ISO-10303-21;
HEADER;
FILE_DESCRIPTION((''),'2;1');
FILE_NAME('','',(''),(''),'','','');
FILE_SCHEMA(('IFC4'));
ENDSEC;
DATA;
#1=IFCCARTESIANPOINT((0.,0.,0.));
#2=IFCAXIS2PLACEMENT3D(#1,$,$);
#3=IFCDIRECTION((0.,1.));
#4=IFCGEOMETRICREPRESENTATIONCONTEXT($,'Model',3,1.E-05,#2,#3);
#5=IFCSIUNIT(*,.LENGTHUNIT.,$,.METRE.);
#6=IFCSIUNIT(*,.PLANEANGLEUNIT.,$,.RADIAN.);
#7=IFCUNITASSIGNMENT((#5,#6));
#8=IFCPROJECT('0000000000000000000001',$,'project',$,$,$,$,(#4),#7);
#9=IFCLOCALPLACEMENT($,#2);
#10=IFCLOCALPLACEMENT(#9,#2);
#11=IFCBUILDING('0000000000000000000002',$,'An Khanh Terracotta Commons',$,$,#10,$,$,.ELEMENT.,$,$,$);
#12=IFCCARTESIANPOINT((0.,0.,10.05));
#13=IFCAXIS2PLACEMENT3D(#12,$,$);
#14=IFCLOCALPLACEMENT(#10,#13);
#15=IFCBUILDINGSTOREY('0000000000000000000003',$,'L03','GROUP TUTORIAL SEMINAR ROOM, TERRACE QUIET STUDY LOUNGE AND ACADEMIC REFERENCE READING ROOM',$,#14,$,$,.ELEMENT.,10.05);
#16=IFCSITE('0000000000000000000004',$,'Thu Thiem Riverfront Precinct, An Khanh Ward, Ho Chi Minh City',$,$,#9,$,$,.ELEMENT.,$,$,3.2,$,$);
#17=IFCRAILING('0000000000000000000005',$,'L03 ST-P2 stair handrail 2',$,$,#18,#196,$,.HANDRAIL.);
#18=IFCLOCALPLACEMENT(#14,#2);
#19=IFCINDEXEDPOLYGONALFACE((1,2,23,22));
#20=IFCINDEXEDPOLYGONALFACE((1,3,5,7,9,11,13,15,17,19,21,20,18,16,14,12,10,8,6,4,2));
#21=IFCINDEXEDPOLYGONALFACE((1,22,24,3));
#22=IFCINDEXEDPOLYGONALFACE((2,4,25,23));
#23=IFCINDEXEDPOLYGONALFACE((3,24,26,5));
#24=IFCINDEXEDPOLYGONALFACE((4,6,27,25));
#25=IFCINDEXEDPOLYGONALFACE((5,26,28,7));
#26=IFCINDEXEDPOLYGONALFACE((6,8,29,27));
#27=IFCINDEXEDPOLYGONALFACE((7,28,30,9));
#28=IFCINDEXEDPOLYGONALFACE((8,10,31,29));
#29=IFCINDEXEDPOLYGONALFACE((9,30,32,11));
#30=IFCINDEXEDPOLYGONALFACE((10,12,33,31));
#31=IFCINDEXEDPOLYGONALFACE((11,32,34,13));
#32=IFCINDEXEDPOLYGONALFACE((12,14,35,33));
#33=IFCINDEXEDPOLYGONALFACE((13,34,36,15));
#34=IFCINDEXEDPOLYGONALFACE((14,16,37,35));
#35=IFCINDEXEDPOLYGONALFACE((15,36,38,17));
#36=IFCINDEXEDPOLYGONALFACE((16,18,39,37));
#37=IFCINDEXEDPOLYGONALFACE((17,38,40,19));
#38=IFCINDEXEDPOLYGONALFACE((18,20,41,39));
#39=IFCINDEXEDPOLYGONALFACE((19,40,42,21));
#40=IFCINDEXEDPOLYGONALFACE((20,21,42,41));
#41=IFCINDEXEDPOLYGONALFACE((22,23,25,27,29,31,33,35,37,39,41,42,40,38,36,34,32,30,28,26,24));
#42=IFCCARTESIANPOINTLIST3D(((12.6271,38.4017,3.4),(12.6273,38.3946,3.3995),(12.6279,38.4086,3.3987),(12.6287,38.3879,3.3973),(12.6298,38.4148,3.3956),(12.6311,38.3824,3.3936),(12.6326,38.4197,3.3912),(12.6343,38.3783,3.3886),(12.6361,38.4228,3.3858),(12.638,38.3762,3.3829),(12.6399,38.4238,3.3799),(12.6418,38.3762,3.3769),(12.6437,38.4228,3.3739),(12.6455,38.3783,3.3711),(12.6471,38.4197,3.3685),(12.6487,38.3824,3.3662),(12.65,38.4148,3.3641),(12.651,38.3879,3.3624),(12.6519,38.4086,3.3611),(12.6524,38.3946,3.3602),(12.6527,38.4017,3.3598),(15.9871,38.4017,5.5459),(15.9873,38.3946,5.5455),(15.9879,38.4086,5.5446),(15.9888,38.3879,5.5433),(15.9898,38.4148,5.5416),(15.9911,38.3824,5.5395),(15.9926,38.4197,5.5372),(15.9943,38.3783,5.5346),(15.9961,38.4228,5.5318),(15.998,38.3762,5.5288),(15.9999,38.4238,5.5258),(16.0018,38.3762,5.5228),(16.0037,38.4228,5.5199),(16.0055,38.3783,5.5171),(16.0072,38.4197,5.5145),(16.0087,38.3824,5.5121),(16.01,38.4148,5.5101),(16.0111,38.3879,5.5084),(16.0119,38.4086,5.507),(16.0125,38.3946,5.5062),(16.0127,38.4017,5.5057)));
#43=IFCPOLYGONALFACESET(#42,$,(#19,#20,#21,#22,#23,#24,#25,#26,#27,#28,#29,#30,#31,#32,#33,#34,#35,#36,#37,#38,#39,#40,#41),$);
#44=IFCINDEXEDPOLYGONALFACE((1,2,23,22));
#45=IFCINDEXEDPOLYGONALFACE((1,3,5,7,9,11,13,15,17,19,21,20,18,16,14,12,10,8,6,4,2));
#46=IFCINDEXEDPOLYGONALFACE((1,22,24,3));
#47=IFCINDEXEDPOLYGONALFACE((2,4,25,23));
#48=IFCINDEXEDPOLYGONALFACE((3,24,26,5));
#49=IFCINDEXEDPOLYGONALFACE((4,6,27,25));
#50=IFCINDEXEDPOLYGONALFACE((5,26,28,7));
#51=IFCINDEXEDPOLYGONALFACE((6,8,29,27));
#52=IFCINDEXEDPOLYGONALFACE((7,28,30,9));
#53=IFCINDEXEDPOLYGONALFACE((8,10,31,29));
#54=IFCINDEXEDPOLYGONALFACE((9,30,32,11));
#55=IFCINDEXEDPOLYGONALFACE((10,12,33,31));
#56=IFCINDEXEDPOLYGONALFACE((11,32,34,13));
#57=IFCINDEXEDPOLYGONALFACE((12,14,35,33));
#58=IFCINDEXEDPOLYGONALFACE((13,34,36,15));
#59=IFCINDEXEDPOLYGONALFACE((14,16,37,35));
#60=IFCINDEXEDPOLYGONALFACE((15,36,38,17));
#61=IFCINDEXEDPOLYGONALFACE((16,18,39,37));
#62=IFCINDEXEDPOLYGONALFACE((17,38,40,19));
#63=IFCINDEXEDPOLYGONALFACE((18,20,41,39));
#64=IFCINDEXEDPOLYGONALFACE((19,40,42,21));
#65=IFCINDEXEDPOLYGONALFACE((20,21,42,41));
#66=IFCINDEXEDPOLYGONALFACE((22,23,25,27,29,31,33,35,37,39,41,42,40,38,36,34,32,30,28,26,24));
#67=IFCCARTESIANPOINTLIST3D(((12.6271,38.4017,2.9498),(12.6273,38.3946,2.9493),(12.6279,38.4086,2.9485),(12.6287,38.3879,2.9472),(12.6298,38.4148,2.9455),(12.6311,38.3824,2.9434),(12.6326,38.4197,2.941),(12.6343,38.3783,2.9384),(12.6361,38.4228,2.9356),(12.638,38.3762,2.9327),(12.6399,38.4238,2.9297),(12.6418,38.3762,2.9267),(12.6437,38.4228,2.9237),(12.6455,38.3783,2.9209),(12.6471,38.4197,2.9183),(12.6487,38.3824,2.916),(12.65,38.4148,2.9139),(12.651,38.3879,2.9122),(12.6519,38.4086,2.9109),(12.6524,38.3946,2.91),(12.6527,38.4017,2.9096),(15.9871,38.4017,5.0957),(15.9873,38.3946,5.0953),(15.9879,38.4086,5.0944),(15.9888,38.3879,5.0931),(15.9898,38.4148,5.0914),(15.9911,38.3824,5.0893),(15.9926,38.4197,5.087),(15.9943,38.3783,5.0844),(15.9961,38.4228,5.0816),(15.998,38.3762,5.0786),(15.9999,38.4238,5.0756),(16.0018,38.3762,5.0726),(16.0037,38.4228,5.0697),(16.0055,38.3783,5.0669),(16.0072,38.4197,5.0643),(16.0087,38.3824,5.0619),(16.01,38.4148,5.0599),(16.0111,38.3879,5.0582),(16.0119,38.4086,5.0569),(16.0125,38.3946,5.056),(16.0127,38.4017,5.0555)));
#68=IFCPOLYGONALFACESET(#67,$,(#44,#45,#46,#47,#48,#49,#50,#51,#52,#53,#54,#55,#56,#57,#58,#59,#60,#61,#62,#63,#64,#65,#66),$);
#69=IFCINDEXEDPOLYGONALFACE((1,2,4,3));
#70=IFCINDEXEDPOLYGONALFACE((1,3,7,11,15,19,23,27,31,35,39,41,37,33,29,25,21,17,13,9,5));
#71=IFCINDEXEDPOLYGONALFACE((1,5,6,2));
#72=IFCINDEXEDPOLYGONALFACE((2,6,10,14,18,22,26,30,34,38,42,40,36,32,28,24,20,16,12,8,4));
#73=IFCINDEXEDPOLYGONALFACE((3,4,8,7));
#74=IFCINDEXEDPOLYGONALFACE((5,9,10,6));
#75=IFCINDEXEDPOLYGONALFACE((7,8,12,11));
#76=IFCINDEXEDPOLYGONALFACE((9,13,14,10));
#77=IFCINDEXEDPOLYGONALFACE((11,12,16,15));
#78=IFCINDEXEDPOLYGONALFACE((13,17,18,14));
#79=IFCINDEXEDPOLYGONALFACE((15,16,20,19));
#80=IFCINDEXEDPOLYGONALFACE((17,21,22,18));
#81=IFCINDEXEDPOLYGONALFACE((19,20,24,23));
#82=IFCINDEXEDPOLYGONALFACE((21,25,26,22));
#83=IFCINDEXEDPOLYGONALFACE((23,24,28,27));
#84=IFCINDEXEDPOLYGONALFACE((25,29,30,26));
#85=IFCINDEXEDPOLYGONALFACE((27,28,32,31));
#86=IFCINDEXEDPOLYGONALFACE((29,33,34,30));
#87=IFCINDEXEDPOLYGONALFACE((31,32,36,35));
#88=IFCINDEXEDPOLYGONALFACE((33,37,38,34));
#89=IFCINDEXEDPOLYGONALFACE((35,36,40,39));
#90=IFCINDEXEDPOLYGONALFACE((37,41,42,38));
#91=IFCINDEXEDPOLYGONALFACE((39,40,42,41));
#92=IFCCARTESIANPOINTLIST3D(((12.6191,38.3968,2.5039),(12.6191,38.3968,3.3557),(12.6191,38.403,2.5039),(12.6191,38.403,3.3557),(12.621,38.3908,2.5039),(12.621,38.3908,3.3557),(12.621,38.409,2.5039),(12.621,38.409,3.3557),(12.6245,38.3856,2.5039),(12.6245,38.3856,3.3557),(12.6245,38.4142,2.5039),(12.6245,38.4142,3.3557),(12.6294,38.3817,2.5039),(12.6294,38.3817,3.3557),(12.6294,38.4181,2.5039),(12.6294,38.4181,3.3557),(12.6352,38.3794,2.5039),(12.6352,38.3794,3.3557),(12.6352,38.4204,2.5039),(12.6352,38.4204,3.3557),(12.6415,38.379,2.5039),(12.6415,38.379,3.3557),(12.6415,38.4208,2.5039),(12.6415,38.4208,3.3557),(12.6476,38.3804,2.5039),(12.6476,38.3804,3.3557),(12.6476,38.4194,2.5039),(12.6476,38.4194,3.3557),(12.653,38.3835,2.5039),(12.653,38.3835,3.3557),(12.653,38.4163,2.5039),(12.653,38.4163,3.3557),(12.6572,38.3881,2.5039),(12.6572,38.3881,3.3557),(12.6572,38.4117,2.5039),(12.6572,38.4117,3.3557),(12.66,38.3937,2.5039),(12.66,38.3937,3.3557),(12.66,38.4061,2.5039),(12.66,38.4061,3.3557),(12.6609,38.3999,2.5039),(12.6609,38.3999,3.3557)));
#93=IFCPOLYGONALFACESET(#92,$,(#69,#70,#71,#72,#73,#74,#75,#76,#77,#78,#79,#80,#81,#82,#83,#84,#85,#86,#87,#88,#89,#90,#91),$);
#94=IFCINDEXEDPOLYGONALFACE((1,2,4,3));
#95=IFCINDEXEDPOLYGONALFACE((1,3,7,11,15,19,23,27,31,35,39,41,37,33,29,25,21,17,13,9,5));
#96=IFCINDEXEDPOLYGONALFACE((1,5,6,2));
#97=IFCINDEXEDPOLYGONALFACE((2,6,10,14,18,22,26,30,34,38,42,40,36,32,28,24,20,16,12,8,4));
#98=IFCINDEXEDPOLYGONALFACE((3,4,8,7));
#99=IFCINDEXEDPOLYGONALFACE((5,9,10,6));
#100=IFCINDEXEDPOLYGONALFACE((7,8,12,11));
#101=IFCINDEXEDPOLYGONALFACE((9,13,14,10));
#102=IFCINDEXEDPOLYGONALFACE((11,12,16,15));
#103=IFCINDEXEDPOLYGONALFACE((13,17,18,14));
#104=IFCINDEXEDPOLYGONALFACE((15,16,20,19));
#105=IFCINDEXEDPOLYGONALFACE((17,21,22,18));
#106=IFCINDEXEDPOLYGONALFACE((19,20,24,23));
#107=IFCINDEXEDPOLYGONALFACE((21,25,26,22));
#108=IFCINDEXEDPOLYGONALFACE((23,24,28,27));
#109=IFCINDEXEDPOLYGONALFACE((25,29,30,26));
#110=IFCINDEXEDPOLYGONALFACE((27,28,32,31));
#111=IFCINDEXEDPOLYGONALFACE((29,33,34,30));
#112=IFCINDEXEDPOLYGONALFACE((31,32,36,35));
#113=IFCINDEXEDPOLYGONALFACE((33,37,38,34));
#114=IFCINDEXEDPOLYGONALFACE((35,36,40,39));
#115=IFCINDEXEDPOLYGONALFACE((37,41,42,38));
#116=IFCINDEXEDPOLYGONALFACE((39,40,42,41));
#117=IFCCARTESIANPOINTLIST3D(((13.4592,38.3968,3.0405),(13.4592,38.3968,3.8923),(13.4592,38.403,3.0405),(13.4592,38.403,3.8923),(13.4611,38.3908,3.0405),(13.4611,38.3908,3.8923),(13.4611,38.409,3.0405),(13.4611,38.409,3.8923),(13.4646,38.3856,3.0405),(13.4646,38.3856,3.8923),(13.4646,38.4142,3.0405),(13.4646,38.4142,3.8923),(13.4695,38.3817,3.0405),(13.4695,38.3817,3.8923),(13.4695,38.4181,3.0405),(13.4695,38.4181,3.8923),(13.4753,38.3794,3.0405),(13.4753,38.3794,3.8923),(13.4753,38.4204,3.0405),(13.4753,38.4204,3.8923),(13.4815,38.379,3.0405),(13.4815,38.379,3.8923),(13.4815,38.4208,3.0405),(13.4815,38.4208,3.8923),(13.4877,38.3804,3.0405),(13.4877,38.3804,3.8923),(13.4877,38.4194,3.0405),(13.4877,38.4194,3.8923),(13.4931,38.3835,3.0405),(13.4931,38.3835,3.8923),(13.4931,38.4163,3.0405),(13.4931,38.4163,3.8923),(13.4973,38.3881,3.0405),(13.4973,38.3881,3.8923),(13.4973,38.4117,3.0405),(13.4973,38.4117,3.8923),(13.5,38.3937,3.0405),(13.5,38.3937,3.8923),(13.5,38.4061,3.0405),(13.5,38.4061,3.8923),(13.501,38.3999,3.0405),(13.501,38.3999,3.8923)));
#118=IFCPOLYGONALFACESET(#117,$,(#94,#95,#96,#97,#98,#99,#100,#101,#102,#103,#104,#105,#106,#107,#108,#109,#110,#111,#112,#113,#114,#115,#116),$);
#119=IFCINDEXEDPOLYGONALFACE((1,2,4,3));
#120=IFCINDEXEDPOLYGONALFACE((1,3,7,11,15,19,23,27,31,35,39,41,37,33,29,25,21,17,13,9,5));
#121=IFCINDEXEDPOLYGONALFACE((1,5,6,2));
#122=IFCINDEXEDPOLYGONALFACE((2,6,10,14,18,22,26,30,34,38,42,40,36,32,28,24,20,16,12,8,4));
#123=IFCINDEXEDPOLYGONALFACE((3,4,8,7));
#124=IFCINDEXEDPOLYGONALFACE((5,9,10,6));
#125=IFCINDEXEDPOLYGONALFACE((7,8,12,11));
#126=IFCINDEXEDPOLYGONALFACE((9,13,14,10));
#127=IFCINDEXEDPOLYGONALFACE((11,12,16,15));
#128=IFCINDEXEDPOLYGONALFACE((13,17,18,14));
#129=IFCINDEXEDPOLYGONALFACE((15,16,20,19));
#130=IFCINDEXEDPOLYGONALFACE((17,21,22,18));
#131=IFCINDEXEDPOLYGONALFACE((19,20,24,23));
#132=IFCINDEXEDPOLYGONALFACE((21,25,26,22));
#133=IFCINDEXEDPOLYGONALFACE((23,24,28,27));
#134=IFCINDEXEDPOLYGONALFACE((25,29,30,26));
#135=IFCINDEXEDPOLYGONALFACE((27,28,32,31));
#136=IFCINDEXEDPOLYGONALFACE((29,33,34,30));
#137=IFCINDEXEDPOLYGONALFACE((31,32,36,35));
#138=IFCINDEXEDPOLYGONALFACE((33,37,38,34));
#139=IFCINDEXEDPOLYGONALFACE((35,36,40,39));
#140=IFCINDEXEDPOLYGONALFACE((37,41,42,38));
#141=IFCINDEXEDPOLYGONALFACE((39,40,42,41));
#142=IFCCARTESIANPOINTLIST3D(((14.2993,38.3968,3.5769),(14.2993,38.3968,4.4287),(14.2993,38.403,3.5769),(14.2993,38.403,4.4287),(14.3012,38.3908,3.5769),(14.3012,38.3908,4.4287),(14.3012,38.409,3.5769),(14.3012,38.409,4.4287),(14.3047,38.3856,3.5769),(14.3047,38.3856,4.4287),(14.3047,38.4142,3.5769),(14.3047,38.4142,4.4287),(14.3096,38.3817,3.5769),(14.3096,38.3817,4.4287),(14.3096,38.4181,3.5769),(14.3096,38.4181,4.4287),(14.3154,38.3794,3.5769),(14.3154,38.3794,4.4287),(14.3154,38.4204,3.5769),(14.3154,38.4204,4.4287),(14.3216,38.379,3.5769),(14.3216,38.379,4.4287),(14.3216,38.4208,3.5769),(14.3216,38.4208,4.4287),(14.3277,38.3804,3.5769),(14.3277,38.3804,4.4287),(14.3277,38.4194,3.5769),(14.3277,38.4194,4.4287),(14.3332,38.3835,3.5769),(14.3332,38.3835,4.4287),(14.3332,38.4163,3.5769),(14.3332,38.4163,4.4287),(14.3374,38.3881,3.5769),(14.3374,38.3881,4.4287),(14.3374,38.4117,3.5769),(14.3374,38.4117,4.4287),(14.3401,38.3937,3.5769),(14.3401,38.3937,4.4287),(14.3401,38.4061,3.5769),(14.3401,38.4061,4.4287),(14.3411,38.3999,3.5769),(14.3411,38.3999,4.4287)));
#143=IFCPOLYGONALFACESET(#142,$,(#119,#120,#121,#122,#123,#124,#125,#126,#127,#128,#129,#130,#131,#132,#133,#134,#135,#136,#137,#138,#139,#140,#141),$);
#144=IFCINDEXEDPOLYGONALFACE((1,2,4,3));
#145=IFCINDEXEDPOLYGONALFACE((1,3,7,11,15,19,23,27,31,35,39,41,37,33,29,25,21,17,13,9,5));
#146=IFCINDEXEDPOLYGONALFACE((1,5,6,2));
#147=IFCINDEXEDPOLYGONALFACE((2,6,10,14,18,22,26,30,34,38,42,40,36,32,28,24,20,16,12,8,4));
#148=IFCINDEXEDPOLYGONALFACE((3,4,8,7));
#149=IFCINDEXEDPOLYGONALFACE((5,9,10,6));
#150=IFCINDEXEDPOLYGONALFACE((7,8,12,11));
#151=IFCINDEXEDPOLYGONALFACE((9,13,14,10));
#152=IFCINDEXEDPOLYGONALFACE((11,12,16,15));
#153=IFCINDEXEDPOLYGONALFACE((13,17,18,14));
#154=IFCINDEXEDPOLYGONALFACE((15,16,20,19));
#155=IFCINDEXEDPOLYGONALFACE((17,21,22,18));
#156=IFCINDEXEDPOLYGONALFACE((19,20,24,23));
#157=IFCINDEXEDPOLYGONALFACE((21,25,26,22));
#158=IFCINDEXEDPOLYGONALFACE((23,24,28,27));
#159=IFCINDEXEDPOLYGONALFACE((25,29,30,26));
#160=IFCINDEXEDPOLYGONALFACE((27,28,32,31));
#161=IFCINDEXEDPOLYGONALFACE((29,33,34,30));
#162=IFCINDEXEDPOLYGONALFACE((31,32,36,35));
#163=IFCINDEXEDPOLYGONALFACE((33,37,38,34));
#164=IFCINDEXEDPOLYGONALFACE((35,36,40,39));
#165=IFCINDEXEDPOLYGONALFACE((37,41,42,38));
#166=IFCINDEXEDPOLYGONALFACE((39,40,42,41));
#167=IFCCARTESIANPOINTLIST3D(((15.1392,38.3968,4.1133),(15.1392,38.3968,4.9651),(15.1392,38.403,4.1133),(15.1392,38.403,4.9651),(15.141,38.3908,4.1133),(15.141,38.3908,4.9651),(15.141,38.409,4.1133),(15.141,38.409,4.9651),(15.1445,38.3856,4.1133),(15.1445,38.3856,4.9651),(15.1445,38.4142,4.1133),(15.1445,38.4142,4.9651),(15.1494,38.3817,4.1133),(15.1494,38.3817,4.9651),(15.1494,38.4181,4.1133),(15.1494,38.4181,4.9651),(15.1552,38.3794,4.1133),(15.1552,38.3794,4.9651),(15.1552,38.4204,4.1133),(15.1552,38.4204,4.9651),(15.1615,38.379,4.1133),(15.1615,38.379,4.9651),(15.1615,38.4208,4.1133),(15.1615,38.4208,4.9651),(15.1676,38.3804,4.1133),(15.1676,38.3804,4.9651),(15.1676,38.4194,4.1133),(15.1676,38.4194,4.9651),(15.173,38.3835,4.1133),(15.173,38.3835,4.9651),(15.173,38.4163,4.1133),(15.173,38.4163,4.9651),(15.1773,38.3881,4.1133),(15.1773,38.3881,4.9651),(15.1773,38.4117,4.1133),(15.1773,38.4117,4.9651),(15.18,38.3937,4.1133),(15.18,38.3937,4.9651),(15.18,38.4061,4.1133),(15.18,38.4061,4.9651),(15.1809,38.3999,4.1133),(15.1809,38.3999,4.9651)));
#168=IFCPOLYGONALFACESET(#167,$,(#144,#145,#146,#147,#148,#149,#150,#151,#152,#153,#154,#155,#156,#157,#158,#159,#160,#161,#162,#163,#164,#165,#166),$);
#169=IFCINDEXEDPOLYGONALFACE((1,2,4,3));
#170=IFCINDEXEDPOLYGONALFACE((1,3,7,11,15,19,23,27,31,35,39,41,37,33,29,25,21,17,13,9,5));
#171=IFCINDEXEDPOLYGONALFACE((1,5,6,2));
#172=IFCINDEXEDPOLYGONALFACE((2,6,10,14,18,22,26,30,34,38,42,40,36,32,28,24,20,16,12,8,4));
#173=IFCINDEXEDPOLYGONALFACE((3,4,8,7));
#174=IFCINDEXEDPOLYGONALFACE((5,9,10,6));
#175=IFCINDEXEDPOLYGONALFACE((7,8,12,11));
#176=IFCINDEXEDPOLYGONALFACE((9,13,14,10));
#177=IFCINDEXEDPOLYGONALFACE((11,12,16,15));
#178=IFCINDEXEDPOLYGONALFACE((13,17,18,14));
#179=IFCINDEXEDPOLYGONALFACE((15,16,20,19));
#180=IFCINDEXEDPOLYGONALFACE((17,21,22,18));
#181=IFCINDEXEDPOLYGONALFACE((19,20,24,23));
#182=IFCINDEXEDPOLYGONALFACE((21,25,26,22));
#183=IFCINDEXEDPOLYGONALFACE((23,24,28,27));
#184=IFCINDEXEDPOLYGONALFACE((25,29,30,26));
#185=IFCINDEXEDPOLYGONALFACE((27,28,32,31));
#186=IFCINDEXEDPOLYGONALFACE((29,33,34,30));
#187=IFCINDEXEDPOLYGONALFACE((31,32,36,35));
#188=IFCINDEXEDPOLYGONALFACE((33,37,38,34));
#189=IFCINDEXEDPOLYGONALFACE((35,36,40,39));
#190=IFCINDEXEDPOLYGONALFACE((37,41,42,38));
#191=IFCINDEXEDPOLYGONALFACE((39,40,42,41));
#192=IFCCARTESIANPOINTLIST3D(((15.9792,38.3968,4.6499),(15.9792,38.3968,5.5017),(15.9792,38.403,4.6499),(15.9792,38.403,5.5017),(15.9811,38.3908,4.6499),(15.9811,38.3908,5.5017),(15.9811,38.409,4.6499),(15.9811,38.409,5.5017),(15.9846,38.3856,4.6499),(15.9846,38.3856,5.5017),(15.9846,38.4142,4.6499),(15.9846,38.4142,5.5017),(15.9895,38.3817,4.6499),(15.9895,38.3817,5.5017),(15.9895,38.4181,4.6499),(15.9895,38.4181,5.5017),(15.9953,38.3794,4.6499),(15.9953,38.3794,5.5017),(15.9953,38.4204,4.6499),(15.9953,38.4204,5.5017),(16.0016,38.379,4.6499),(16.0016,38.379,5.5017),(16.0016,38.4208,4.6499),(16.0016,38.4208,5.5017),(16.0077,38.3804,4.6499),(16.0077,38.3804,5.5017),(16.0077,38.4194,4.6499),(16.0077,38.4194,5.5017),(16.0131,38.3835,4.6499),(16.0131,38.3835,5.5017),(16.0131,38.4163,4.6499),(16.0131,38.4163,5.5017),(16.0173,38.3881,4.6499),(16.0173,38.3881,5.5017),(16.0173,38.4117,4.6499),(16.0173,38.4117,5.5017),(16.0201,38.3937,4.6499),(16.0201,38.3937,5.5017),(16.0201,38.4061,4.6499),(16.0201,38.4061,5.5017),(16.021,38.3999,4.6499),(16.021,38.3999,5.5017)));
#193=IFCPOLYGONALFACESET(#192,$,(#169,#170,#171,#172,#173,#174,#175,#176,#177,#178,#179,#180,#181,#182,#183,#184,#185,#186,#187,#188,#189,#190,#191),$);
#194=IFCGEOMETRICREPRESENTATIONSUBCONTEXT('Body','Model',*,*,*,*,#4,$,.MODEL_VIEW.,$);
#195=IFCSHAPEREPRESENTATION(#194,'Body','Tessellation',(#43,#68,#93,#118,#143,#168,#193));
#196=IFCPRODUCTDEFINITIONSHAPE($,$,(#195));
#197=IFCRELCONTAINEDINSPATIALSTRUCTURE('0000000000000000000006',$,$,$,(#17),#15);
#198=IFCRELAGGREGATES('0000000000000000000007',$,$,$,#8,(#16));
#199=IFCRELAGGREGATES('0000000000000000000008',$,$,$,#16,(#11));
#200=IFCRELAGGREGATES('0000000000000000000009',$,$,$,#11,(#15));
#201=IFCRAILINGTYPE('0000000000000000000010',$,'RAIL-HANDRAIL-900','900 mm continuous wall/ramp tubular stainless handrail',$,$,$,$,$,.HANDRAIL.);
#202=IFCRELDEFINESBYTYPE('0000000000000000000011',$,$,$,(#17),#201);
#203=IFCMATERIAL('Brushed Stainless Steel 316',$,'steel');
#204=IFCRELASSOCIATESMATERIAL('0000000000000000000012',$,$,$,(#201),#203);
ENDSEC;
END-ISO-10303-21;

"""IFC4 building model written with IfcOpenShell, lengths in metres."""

from ifc_helpers import new_model, si_unit, direction, frame, origin, origin_2d, place, context, subcontext, project, spatial, circle, extrude, material, type_object, element, save


model = new_model("IFC4")

# Units and contexts
model_context = context("Model", 3, precision=1e-05, world=origin(), true_north=direction((0.0, 1.0)))
body_context = subcontext(model_context, "Body", "Model", "MODEL_VIEW")
ifc_project = project(units=[si_unit("LENGTHUNIT", "METRE"), si_unit("PLANEANGLEUNIT", "RADIAN")], contexts=[model_context])

# Site, building, storey
site_placement = place(None, origin())
site = spatial("IfcSite", under=ifc_project, at=site_placement, Name="Thu Thiem Riverfront Precinct, An Khanh Ward, Ho Chi Minh City", CompositionType="ELEMENT", RefElevation=3.2)
building_placement = place(site_placement, origin())
building = spatial("IfcBuilding", under=site, at=building_placement, Name="An Khanh Terracotta Commons", CompositionType="ELEMENT")
storey_placement = place(building_placement, frame((0.0, 0.0, 10.05)))
storey = spatial("IfcBuildingStorey", under=building, at=storey_placement, Name="L03", Description="GROUP TUTORIAL SEMINAR ROOM, TERRACE QUIET STUDY LOUNGE AND ACADEMIC REFERENCE READING ROOM", CompositionType="ELEMENT", Elevation=10.05)

# Railing
ifc_material_1 = material(Name="Brushed Stainless Steel 316", Category="steel")
railing_type_1 = type_object("IfcRailingType", Name="RAIL-HANDRAIL-900", Description="900 mm continuous wall/ramp tubular stainless handrail", PredefinedType="HANDRAIL", material=ifc_material_1)
railing_1_placement = place(storey_placement, frame((12.6399, 38.3999, 2.5039)))
element("IfcRailing", 1, at=railing_1_placement, inside=storey, type_object=railing_type_1, Name="L03 ST-P2 stair handrail 2", PredefinedType="HANDRAIL", context=body_context, shape_type="SweptSolid", body=[
    extrude(circle(Radius=0.0239, at=origin_2d()), frame((0.0, 0.0, 0.876), z_axis=(0.84278, 0.0, 0.538258), x_axis=(0.0, 1.0, 0.0)), (0.0, 0.0, 1.0), 3.9868),
    extrude(circle(Radius=0.0239, at=origin_2d()), frame((0.0, 0.0, 0.4258), z_axis=(0.84278, 0.0, 0.538258), x_axis=(0.0, 1.0, 0.0)), (0.0, 0.0, 1.0), 3.9868),
    extrude(circle(Radius=0.021, at=origin_2d()), origin(), (0.0, 0.0, 1.0), 0.8518),
    extrude(circle(Radius=0.021, at=origin_2d()), frame((0.8401, 0.0, 0.5366)), (0.0, 0.0, 1.0), 0.8518),
    extrude(circle(Radius=0.021, at=origin_2d()), frame((1.6802, 0.0, 1.073)), (0.0, 0.0, 1.0), 0.8518),
    extrude(circle(Radius=0.021, at=origin_2d()), frame((2.52, 0.0, 1.6094)), (0.0, 0.0, 1.0), 0.8518),
    extrude(circle(Radius=0.021, at=origin_2d()), frame((3.3601, 0.0, 2.146)), (0.0, 0.0, 1.0), 0.8518),
])

save(model, "model.ifc")
